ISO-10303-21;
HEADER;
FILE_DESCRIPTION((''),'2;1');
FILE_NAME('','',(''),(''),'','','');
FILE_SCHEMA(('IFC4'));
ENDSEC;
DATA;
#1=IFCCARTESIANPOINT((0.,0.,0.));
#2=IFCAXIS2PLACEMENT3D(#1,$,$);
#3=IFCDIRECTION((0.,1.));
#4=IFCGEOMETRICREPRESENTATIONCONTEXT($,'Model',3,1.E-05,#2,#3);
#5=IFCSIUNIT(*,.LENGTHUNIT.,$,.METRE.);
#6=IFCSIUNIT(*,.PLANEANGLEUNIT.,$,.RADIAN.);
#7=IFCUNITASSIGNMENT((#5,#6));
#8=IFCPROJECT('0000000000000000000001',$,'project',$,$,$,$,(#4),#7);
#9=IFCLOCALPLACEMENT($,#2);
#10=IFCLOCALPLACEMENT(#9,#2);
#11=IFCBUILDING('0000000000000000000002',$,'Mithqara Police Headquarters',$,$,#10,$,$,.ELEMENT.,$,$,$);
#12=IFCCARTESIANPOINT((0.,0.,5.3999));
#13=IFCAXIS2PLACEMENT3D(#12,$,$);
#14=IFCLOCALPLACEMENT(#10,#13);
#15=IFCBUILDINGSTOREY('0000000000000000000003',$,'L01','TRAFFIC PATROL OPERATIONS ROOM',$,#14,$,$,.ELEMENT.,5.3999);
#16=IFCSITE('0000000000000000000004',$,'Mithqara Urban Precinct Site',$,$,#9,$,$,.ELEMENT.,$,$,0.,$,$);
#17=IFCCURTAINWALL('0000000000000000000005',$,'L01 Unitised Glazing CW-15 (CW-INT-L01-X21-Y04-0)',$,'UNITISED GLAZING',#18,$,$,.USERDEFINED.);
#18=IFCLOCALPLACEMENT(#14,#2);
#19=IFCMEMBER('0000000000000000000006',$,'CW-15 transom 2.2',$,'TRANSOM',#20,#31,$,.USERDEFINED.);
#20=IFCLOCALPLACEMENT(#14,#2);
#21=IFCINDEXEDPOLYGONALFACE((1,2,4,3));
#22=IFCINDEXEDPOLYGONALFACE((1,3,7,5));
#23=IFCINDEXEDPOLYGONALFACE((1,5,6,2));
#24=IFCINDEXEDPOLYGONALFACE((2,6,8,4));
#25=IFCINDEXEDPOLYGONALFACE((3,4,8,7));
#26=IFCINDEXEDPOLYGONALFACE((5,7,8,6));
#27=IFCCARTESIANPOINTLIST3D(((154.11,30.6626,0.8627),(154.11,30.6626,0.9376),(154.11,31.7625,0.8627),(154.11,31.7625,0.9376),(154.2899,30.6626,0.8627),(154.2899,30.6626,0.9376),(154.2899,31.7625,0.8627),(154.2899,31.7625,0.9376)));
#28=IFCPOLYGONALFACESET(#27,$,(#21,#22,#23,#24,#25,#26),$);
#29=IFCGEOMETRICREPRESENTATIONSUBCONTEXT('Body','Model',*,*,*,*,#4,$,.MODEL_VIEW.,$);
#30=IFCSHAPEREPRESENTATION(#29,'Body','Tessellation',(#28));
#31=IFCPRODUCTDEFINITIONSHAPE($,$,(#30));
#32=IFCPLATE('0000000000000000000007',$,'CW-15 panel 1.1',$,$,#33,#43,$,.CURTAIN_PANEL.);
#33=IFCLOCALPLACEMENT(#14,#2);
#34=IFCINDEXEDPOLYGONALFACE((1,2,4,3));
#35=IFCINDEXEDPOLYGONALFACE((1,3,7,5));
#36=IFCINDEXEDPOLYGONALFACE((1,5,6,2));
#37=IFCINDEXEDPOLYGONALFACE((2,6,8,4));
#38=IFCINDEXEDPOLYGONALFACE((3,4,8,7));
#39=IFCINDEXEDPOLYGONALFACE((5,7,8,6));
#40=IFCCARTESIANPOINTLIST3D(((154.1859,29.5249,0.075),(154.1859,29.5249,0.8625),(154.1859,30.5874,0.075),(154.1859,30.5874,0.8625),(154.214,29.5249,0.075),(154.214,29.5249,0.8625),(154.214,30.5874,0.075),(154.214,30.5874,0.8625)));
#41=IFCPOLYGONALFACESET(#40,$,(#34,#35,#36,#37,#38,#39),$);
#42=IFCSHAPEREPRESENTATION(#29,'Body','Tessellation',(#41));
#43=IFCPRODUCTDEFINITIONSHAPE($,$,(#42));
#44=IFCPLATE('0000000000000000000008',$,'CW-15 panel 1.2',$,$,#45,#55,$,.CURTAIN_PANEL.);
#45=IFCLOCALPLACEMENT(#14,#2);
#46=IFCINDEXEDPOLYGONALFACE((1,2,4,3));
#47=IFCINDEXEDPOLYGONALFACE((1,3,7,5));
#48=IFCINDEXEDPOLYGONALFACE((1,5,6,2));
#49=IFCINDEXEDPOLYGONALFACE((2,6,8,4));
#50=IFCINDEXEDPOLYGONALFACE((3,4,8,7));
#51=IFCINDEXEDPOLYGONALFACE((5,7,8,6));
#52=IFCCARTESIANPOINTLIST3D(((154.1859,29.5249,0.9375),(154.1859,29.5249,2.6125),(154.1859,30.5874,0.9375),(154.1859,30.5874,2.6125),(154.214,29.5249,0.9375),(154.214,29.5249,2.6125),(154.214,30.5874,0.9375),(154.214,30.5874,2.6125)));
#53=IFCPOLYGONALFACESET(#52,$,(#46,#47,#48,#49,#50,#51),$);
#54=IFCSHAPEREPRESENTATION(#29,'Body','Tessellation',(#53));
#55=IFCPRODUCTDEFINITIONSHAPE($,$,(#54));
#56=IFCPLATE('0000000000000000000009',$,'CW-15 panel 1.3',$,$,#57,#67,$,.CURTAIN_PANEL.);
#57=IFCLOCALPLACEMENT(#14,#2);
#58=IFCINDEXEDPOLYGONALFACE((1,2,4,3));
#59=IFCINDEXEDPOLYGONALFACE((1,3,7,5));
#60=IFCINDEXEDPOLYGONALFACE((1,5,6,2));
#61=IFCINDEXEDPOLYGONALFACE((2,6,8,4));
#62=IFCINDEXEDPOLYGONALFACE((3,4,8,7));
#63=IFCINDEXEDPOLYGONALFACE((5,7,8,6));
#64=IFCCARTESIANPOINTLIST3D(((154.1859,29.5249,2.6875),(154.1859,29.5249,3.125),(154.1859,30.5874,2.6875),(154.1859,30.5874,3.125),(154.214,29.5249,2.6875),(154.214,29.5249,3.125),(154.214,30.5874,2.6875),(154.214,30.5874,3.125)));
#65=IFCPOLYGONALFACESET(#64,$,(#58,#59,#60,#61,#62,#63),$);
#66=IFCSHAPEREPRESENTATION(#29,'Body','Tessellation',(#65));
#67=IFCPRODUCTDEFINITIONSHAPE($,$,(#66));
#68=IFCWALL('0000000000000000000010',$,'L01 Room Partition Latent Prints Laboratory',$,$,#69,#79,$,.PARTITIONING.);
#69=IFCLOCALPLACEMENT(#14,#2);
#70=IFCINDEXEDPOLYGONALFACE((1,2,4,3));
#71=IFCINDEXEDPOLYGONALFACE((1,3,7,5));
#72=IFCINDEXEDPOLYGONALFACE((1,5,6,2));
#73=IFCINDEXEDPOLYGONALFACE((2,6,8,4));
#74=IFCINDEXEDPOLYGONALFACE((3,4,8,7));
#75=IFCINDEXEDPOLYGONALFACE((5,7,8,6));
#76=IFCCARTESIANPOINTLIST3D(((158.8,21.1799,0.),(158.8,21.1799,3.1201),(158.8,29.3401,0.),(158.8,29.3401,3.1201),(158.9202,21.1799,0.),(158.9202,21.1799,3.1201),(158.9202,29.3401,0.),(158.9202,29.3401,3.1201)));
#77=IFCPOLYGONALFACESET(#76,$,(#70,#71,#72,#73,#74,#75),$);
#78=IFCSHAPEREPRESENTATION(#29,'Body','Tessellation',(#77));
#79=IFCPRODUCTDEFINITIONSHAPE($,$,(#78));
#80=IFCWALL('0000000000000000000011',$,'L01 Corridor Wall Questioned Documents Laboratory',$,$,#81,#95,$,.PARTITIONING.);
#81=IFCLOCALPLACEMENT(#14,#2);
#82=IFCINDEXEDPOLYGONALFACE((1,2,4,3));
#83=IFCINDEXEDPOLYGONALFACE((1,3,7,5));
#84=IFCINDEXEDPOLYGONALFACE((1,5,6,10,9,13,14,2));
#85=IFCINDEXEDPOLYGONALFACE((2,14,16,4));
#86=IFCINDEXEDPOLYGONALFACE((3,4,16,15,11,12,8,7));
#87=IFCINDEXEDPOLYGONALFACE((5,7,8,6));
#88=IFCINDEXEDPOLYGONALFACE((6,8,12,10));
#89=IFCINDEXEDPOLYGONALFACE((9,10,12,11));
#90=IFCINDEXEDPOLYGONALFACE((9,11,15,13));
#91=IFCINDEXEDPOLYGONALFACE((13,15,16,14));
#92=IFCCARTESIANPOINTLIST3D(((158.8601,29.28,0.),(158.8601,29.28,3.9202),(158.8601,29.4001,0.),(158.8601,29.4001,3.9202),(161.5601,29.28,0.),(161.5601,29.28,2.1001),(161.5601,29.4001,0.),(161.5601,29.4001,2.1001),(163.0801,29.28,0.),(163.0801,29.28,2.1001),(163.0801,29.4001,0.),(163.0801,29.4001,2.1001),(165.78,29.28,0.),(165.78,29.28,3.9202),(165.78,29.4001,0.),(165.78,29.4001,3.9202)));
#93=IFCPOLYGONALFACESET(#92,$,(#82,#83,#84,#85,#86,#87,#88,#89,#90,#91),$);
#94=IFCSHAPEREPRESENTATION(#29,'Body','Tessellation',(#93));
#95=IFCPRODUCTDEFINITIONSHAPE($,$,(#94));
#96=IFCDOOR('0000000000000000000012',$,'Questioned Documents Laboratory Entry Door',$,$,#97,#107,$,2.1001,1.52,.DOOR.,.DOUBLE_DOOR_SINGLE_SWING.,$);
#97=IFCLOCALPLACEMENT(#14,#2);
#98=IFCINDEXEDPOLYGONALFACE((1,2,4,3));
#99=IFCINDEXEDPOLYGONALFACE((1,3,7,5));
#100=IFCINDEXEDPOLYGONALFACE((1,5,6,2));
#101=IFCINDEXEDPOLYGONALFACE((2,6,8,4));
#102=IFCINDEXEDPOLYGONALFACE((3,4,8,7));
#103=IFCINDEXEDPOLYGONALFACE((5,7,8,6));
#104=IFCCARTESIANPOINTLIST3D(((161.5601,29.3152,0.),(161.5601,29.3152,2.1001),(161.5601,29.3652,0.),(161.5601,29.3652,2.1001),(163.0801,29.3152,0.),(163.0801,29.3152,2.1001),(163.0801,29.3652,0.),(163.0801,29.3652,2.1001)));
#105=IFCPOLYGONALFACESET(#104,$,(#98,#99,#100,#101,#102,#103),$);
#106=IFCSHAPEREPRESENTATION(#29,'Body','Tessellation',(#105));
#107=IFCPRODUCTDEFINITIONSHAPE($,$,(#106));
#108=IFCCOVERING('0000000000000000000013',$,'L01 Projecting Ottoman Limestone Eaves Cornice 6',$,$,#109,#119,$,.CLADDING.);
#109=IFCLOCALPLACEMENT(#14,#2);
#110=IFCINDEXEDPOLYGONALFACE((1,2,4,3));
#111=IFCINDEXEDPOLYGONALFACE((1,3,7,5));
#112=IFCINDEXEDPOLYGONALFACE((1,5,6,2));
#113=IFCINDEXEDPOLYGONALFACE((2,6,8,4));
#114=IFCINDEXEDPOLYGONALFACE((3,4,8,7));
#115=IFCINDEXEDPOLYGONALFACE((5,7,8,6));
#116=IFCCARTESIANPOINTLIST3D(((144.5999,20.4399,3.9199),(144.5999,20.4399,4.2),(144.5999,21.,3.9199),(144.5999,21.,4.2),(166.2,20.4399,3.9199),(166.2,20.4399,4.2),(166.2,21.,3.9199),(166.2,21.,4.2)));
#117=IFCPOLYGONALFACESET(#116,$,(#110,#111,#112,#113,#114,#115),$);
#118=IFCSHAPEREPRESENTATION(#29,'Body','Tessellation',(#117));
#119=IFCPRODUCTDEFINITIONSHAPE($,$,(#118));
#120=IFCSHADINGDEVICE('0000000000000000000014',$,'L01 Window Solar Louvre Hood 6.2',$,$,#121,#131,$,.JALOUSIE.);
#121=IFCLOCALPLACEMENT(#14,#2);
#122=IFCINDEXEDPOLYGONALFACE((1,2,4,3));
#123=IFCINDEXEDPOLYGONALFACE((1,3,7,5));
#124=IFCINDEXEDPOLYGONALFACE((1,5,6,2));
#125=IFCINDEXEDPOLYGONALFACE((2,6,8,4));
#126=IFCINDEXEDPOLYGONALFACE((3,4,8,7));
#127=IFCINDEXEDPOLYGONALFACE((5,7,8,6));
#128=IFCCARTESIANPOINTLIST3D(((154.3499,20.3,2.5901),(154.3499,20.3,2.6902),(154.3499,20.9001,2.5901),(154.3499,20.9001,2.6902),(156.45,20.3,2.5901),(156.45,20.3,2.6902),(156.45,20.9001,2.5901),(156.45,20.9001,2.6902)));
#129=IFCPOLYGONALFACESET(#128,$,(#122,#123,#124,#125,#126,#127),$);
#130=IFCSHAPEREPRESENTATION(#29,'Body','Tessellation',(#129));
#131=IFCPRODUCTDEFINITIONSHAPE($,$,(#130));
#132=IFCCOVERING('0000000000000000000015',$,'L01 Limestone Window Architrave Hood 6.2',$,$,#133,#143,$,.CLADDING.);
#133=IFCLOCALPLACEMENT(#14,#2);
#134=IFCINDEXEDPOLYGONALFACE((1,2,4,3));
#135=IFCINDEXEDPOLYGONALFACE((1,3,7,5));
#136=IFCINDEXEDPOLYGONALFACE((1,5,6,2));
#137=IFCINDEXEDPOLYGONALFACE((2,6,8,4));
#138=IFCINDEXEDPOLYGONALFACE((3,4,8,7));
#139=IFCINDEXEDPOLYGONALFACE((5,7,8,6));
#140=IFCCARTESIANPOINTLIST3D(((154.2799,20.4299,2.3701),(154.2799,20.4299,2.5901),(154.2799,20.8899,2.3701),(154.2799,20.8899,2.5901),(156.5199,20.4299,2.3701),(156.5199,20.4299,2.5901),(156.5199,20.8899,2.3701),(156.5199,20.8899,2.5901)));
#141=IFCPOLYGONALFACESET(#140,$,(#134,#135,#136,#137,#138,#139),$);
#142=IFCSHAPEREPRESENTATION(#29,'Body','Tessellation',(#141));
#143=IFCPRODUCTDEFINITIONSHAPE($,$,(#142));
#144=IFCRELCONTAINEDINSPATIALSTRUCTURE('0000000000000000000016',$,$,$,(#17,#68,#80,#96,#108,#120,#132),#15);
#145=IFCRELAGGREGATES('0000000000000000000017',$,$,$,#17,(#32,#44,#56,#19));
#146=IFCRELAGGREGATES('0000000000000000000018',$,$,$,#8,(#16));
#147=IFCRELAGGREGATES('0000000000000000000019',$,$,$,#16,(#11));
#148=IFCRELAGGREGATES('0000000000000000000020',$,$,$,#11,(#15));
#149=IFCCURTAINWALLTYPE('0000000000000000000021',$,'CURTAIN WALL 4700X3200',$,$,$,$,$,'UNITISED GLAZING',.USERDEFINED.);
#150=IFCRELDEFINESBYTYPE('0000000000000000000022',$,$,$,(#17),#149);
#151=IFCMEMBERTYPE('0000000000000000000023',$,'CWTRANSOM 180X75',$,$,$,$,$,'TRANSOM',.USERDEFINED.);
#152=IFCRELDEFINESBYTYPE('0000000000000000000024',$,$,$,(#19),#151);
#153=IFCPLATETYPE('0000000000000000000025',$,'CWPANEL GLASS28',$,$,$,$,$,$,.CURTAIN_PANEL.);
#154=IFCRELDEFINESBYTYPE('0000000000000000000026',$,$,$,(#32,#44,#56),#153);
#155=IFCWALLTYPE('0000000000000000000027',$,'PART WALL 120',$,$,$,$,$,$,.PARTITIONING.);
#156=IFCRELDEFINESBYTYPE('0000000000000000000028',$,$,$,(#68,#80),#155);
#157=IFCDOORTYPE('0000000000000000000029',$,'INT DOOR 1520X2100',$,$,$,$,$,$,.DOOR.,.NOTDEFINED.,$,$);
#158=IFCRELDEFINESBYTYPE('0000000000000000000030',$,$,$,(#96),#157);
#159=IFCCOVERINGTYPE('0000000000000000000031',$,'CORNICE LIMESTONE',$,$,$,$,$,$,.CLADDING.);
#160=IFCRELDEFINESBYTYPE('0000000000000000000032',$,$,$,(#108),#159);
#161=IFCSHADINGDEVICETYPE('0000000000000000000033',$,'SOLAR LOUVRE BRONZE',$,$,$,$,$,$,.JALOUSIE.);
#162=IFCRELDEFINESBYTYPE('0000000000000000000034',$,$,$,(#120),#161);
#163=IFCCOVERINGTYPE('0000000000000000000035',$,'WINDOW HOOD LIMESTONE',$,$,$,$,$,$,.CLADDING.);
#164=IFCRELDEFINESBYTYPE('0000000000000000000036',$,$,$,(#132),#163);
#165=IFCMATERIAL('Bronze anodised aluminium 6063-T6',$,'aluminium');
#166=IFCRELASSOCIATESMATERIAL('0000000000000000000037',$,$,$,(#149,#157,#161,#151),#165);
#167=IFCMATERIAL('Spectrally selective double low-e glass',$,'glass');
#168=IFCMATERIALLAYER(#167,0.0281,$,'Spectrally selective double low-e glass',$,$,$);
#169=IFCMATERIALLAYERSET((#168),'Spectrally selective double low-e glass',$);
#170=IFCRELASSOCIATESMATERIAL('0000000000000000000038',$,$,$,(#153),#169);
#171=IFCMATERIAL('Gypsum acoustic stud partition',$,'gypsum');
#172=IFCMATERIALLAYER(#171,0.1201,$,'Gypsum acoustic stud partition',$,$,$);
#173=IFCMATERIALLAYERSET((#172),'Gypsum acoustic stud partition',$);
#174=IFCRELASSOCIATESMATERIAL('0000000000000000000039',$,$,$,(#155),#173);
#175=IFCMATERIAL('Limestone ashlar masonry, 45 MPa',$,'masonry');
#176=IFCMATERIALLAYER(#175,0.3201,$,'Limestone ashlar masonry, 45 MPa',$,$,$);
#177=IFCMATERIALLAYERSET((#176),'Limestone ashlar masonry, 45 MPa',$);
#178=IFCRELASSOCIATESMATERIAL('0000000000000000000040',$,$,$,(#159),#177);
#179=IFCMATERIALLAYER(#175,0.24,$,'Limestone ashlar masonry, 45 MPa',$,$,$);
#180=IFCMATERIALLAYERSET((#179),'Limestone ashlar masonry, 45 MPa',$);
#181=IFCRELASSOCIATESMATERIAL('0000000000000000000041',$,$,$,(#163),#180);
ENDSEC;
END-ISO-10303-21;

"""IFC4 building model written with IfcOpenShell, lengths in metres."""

from ifc_helpers import new_model, si_unit, direction, frame, frame_2d, origin, origin_2d, place, context, subcontext, project, spatial, rectangle, extrude, material, layer, layer_set, material_profile, profile_set, type_object, element, fill, aggregate, save


model = new_model("IFC4")

# Units and contexts
model_context = context("Model", 3, precision=1e-05, world=origin(), true_north=direction((0.0, 1.0)))
body_context = subcontext(model_context, "Body", "Model", "MODEL_VIEW")
ifc_project = project(units=[si_unit("LENGTHUNIT", "METRE"), si_unit("PLANEANGLEUNIT", "RADIAN")], contexts=[model_context])

# Site, building, storey
site_placement = place(None, origin())
site = spatial("IfcSite", under=ifc_project, at=site_placement, Name="Mithqara Urban Precinct Site", CompositionType="ELEMENT", RefElevation=0.0)
building_placement = place(site_placement, origin())
building = spatial("IfcBuilding", under=site, at=building_placement, Name="Mithqara Police Headquarters", CompositionType="ELEMENT")
storey_placement = place(building_placement, frame((0.0, 0.0, 5.3999)))
storey = spatial("IfcBuildingStorey", under=building, at=storey_placement, Name="L01", Description="TRAFFIC PATROL OPERATIONS ROOM", CompositionType="ELEMENT", Elevation=5.3999)

# Curtain wall, member, plates
ifc_material_1 = material(Name="Bronze anodised aluminium 6063-T6", Category="aluminium")
curtain_wall_type = type_object("IfcCurtainWallType", Name="CURTAIN WALL 4700X3200", ElementType="UNITISED GLAZING", PredefinedType="USERDEFINED", material=ifc_material_1)
curtain_wall_placement = place(storey_placement, origin())
curtain_wall = element("IfcCurtainWall", 1, at=curtain_wall_placement, inside=storey, type_object=curtain_wall_type, Name="L01 Unitised Glazing CW-15 (CW-INT-L01-X21-Y04-0)", ObjectType="UNITISED GLAZING", PredefinedType="USERDEFINED")
ifc_material_profile_1 = material_profile(ifc_material_1, rectangle(XDim=0.1799, YDim=0.075, at=origin_2d()), Name="CWT 180x75")
ifc_profile_set_1 = profile_set([ifc_material_profile_1], Name="Bronze anodised aluminium 6063-T6")
member_type_1 = type_object("IfcMemberType", Name="CWTRANSOM 180X75", ElementType="TRANSOM", PredefinedType="USERDEFINED", material=ifc_profile_set_1)
member_1_placement = place(storey_placement, frame((154.2, 30.6626, 0.9001), z_axis=(0.0, 1.0, 0.0), x_axis=(-1.0, 0.0, 0.0)))
member_1 = element("IfcMember", 2, at=member_1_placement, type_object=member_type_1, Name="CW-15 transom 2.2", ObjectType="TRANSOM", PredefinedType="USERDEFINED", context=body_context, shape_type="SweptSolid", body=[
    extrude(rectangle(XDim=0.1799, YDim=0.075, at=origin_2d()), origin(), (0.0, 0.0, 1.0), 1.0999),
])
ifc_material_2 = material(Name="Spectrally selective double low-e glass", Category="glass")
ifc_layer_1 = layer(ifc_material_2, 0.0281, Name="Spectrally selective double low-e glass")
ifc_layer_set_1 = layer_set([ifc_layer_1], Name="Spectrally selective double low-e glass")
plate_type = type_object("IfcPlateType", Name="CWPANEL GLASS28", PredefinedType="CURTAIN_PANEL", material=ifc_layer_set_1)
plate_1_placement = place(storey_placement, frame((154.2, 30.0562, 0.075), z_axis=(0.0, 0.0, 1.0), x_axis=(0.0, 1.0, 0.0)))
plate_1 = element("IfcPlate", 3, at=plate_1_placement, type_object=plate_type, Name="CW-15 panel 1.1", PredefinedType="CURTAIN_PANEL", context=body_context, shape_type="SweptSolid", body=[
    extrude(rectangle(XDim=1.0625, YDim=0.0281, at=origin_2d()), origin(), (0.0, 0.0, 1.0), 0.7876),
])
plate_2_placement = place(storey_placement, frame((154.2, 30.0562, 0.9375), z_axis=(0.0, 0.0, 1.0), x_axis=(0.0, 1.0, 0.0)))
plate_2 = element("IfcPlate", 4, at=plate_2_placement, type_object=plate_type, Name="CW-15 panel 1.2", PredefinedType="CURTAIN_PANEL", context=body_context, shape_type="SweptSolid", body=[
    extrude(rectangle(XDim=1.0625, YDim=0.0281, at=origin_2d()), origin(), (0.0, 0.0, 1.0), 1.675),
])
plate_3_placement = place(storey_placement, frame((154.2, 30.0562, 2.6875), z_axis=(0.0, 0.0, 1.0), x_axis=(0.0, 1.0, 0.0)))
plate_3 = element("IfcPlate", 5, at=plate_3_placement, type_object=plate_type, Name="CW-15 panel 1.3", PredefinedType="CURTAIN_PANEL", context=body_context, shape_type="SweptSolid", body=[
    extrude(rectangle(XDim=1.0625, YDim=0.0281, at=origin_2d()), origin(), (0.0, 0.0, 1.0), 0.4375),
])
aggregate(curtain_wall, [plate_1, plate_2, plate_3, member_1])

# Wall
ifc_material_3 = material(Name="Gypsum acoustic stud partition", Category="gypsum")
ifc_layer_2 = layer(ifc_material_3, 0.1201, Name="Gypsum acoustic stud partition")
ifc_layer_set_2 = layer_set([ifc_layer_2], Name="Gypsum acoustic stud partition")
wall_type = type_object("IfcWallType", Name="PART WALL 120", PredefinedType="PARTITIONING", material=ifc_layer_set_2)
wall_1_placement = place(storey_placement, frame((158.8601, 21.1799, 0.0), z_axis=(0.0, 0.0, 1.0), x_axis=(0.0, 1.0, 0.0)))
element("IfcWall", 6, at=wall_1_placement, inside=storey, type_object=wall_type, Name="L01 Room Partition Latent Prints Laboratory", PredefinedType="PARTITIONING", context=body_context, shape_type="SweptSolid", body=[
    extrude(rectangle(XDim=8.1602, YDim=0.1201, at=frame_2d((4.0801, 0.0))), origin(), (0.0, 0.0, 1.0), 3.1201),
])

# Wall, opening, door
wall_2_placement = place(storey_placement, frame((158.8601, 29.3401, 0.0), z_axis=(0.0, 0.0, 1.0), x_axis=(1.0, 0.0, 0.0)))
wall_2 = element("IfcWall", 7, at=wall_2_placement, inside=storey, type_object=wall_type, Name="L01 Corridor Wall Questioned Documents Laboratory", PredefinedType="PARTITIONING", context=body_context, shape_type="SweptSolid", body=[
    extrude(rectangle(XDim=6.9199, YDim=0.1201, at=frame_2d((3.46, 0.0))), origin(), (0.0, 0.0, 1.0), 3.9202),
])
opening_placement = place(wall_2_placement, frame((2.7, 0.0, 0.0)))
opening = element("IfcOpeningElement", 8, at=opening_placement, cuts=wall_2, PredefinedType="OPENING", context=body_context, shape_type="SweptSolid", body=[
    extrude(rectangle(XDim=1.52, YDim=2.1001, at=frame_2d((0.76, 1.05))), frame((0.0, 0.0701, 0.0), z_axis=(0.0, -1.0, 0.0), x_axis=(1.0, 0.0, 0.0)), (0.0, 0.0, 1.0), 0.1401),
])
door_type = type_object("IfcDoorType", Name="INT DOOR 1520X2100", OperationType="NOTDEFINED", PredefinedType="DOOR", material=ifc_material_1)
door_placement = place(opening_placement, frame((1.52, 0.0, 0.0), z_axis=(0.0, 0.0, 1.0), x_axis=(-1.0, 0.0, 0.0)))
door = element("IfcDoor", 9, at=door_placement, inside=storey, type_object=door_type, Name="Questioned Documents Laboratory Entry Door", OperationType="DOUBLE_DOOR_SINGLE_SWING", OverallHeight=2.1001, OverallWidth=1.52, PredefinedType="DOOR", context=body_context, shape_type="SweptSolid", body=[
    extrude(rectangle(XDim=1.52, YDim=2.1001, at=frame_2d((0.76, 1.05))), frame((0.0, 0.0249, 0.0), z_axis=(0.0, -1.0, 0.0), x_axis=(1.0, 0.0, 0.0)), (0.0, 0.0, 1.0), 0.05),
])
fill(opening, door)

# Covering
ifc_material_4 = material(Name="Limestone ashlar masonry, 45 MPa", Category="masonry")
ifc_layer_3 = layer(ifc_material_4, 0.3201, Name="Limestone ashlar masonry, 45 MPa")
ifc_layer_set_3 = layer_set([ifc_layer_3], Name="Limestone ashlar masonry, 45 MPa")
covering_type_1 = type_object("IfcCoveringType", Name="CORNICE LIMESTONE", PredefinedType="CLADDING", material=ifc_layer_set_3)
covering_1_placement = place(storey_placement, frame((155.3999, 20.72, 3.9199), z_axis=(0.0, 0.0, 1.0), x_axis=(1.0, 0.0, 0.0)))
element("IfcCovering", 10, at=covering_1_placement, inside=storey, type_object=covering_type_1, Name="L01 Projecting Ottoman Limestone Eaves Cornice 6", PredefinedType="CLADDING", context=body_context, shape_type="SweptSolid", body=[
    extrude(rectangle(XDim=21.6001, YDim=0.5601, at=origin_2d()), origin(), (0.0, 0.0, 1.0), 0.28),
])

# Shading device
shading_device_type = type_object("IfcShadingDeviceType", Name="SOLAR LOUVRE BRONZE", PredefinedType="JALOUSIE", material=ifc_material_1)
shading_device_placement = place(storey_placement, frame((155.3999, 20.6001, 2.5901), z_axis=(0.0, 0.0, 1.0), x_axis=(1.0, 0.0, 0.0)))
element("IfcShadingDevice", 11, at=shading_device_placement, inside=storey, type_object=shading_device_type, Name="L01 Window Solar Louvre Hood 6.2", PredefinedType="JALOUSIE", context=body_context, shape_type="SweptSolid", body=[
    extrude(rectangle(XDim=2.1001, YDim=0.6001, at=origin_2d()), origin(), (0.0, 0.0, 1.0), 0.1001),
])

# Covering
ifc_layer_4 = layer(ifc_material_4, 0.24, Name="Limestone ashlar masonry, 45 MPa")
ifc_layer_set_4 = layer_set([ifc_layer_4], Name="Limestone ashlar masonry, 45 MPa")
covering_type_2 = type_object("IfcCoveringType", Name="WINDOW HOOD LIMESTONE", PredefinedType="CLADDING", material=ifc_layer_set_4)
covering_2_placement = place(storey_placement, frame((155.3999, 20.6599, 2.3701), z_axis=(0.0, 0.0, 1.0), x_axis=(1.0, 0.0, 0.0)))
element("IfcCovering", 12, at=covering_2_placement, inside=storey, type_object=covering_type_2, Name="L01 Limestone Window Architrave Hood 6.2", PredefinedType="CLADDING", context=body_context, shape_type="SweptSolid", body=[
    extrude(rectangle(XDim=2.24, YDim=0.46, at=origin_2d()), origin(), (0.0, 0.0, 1.0), 0.22),
])

save(model, "model.ifc")
